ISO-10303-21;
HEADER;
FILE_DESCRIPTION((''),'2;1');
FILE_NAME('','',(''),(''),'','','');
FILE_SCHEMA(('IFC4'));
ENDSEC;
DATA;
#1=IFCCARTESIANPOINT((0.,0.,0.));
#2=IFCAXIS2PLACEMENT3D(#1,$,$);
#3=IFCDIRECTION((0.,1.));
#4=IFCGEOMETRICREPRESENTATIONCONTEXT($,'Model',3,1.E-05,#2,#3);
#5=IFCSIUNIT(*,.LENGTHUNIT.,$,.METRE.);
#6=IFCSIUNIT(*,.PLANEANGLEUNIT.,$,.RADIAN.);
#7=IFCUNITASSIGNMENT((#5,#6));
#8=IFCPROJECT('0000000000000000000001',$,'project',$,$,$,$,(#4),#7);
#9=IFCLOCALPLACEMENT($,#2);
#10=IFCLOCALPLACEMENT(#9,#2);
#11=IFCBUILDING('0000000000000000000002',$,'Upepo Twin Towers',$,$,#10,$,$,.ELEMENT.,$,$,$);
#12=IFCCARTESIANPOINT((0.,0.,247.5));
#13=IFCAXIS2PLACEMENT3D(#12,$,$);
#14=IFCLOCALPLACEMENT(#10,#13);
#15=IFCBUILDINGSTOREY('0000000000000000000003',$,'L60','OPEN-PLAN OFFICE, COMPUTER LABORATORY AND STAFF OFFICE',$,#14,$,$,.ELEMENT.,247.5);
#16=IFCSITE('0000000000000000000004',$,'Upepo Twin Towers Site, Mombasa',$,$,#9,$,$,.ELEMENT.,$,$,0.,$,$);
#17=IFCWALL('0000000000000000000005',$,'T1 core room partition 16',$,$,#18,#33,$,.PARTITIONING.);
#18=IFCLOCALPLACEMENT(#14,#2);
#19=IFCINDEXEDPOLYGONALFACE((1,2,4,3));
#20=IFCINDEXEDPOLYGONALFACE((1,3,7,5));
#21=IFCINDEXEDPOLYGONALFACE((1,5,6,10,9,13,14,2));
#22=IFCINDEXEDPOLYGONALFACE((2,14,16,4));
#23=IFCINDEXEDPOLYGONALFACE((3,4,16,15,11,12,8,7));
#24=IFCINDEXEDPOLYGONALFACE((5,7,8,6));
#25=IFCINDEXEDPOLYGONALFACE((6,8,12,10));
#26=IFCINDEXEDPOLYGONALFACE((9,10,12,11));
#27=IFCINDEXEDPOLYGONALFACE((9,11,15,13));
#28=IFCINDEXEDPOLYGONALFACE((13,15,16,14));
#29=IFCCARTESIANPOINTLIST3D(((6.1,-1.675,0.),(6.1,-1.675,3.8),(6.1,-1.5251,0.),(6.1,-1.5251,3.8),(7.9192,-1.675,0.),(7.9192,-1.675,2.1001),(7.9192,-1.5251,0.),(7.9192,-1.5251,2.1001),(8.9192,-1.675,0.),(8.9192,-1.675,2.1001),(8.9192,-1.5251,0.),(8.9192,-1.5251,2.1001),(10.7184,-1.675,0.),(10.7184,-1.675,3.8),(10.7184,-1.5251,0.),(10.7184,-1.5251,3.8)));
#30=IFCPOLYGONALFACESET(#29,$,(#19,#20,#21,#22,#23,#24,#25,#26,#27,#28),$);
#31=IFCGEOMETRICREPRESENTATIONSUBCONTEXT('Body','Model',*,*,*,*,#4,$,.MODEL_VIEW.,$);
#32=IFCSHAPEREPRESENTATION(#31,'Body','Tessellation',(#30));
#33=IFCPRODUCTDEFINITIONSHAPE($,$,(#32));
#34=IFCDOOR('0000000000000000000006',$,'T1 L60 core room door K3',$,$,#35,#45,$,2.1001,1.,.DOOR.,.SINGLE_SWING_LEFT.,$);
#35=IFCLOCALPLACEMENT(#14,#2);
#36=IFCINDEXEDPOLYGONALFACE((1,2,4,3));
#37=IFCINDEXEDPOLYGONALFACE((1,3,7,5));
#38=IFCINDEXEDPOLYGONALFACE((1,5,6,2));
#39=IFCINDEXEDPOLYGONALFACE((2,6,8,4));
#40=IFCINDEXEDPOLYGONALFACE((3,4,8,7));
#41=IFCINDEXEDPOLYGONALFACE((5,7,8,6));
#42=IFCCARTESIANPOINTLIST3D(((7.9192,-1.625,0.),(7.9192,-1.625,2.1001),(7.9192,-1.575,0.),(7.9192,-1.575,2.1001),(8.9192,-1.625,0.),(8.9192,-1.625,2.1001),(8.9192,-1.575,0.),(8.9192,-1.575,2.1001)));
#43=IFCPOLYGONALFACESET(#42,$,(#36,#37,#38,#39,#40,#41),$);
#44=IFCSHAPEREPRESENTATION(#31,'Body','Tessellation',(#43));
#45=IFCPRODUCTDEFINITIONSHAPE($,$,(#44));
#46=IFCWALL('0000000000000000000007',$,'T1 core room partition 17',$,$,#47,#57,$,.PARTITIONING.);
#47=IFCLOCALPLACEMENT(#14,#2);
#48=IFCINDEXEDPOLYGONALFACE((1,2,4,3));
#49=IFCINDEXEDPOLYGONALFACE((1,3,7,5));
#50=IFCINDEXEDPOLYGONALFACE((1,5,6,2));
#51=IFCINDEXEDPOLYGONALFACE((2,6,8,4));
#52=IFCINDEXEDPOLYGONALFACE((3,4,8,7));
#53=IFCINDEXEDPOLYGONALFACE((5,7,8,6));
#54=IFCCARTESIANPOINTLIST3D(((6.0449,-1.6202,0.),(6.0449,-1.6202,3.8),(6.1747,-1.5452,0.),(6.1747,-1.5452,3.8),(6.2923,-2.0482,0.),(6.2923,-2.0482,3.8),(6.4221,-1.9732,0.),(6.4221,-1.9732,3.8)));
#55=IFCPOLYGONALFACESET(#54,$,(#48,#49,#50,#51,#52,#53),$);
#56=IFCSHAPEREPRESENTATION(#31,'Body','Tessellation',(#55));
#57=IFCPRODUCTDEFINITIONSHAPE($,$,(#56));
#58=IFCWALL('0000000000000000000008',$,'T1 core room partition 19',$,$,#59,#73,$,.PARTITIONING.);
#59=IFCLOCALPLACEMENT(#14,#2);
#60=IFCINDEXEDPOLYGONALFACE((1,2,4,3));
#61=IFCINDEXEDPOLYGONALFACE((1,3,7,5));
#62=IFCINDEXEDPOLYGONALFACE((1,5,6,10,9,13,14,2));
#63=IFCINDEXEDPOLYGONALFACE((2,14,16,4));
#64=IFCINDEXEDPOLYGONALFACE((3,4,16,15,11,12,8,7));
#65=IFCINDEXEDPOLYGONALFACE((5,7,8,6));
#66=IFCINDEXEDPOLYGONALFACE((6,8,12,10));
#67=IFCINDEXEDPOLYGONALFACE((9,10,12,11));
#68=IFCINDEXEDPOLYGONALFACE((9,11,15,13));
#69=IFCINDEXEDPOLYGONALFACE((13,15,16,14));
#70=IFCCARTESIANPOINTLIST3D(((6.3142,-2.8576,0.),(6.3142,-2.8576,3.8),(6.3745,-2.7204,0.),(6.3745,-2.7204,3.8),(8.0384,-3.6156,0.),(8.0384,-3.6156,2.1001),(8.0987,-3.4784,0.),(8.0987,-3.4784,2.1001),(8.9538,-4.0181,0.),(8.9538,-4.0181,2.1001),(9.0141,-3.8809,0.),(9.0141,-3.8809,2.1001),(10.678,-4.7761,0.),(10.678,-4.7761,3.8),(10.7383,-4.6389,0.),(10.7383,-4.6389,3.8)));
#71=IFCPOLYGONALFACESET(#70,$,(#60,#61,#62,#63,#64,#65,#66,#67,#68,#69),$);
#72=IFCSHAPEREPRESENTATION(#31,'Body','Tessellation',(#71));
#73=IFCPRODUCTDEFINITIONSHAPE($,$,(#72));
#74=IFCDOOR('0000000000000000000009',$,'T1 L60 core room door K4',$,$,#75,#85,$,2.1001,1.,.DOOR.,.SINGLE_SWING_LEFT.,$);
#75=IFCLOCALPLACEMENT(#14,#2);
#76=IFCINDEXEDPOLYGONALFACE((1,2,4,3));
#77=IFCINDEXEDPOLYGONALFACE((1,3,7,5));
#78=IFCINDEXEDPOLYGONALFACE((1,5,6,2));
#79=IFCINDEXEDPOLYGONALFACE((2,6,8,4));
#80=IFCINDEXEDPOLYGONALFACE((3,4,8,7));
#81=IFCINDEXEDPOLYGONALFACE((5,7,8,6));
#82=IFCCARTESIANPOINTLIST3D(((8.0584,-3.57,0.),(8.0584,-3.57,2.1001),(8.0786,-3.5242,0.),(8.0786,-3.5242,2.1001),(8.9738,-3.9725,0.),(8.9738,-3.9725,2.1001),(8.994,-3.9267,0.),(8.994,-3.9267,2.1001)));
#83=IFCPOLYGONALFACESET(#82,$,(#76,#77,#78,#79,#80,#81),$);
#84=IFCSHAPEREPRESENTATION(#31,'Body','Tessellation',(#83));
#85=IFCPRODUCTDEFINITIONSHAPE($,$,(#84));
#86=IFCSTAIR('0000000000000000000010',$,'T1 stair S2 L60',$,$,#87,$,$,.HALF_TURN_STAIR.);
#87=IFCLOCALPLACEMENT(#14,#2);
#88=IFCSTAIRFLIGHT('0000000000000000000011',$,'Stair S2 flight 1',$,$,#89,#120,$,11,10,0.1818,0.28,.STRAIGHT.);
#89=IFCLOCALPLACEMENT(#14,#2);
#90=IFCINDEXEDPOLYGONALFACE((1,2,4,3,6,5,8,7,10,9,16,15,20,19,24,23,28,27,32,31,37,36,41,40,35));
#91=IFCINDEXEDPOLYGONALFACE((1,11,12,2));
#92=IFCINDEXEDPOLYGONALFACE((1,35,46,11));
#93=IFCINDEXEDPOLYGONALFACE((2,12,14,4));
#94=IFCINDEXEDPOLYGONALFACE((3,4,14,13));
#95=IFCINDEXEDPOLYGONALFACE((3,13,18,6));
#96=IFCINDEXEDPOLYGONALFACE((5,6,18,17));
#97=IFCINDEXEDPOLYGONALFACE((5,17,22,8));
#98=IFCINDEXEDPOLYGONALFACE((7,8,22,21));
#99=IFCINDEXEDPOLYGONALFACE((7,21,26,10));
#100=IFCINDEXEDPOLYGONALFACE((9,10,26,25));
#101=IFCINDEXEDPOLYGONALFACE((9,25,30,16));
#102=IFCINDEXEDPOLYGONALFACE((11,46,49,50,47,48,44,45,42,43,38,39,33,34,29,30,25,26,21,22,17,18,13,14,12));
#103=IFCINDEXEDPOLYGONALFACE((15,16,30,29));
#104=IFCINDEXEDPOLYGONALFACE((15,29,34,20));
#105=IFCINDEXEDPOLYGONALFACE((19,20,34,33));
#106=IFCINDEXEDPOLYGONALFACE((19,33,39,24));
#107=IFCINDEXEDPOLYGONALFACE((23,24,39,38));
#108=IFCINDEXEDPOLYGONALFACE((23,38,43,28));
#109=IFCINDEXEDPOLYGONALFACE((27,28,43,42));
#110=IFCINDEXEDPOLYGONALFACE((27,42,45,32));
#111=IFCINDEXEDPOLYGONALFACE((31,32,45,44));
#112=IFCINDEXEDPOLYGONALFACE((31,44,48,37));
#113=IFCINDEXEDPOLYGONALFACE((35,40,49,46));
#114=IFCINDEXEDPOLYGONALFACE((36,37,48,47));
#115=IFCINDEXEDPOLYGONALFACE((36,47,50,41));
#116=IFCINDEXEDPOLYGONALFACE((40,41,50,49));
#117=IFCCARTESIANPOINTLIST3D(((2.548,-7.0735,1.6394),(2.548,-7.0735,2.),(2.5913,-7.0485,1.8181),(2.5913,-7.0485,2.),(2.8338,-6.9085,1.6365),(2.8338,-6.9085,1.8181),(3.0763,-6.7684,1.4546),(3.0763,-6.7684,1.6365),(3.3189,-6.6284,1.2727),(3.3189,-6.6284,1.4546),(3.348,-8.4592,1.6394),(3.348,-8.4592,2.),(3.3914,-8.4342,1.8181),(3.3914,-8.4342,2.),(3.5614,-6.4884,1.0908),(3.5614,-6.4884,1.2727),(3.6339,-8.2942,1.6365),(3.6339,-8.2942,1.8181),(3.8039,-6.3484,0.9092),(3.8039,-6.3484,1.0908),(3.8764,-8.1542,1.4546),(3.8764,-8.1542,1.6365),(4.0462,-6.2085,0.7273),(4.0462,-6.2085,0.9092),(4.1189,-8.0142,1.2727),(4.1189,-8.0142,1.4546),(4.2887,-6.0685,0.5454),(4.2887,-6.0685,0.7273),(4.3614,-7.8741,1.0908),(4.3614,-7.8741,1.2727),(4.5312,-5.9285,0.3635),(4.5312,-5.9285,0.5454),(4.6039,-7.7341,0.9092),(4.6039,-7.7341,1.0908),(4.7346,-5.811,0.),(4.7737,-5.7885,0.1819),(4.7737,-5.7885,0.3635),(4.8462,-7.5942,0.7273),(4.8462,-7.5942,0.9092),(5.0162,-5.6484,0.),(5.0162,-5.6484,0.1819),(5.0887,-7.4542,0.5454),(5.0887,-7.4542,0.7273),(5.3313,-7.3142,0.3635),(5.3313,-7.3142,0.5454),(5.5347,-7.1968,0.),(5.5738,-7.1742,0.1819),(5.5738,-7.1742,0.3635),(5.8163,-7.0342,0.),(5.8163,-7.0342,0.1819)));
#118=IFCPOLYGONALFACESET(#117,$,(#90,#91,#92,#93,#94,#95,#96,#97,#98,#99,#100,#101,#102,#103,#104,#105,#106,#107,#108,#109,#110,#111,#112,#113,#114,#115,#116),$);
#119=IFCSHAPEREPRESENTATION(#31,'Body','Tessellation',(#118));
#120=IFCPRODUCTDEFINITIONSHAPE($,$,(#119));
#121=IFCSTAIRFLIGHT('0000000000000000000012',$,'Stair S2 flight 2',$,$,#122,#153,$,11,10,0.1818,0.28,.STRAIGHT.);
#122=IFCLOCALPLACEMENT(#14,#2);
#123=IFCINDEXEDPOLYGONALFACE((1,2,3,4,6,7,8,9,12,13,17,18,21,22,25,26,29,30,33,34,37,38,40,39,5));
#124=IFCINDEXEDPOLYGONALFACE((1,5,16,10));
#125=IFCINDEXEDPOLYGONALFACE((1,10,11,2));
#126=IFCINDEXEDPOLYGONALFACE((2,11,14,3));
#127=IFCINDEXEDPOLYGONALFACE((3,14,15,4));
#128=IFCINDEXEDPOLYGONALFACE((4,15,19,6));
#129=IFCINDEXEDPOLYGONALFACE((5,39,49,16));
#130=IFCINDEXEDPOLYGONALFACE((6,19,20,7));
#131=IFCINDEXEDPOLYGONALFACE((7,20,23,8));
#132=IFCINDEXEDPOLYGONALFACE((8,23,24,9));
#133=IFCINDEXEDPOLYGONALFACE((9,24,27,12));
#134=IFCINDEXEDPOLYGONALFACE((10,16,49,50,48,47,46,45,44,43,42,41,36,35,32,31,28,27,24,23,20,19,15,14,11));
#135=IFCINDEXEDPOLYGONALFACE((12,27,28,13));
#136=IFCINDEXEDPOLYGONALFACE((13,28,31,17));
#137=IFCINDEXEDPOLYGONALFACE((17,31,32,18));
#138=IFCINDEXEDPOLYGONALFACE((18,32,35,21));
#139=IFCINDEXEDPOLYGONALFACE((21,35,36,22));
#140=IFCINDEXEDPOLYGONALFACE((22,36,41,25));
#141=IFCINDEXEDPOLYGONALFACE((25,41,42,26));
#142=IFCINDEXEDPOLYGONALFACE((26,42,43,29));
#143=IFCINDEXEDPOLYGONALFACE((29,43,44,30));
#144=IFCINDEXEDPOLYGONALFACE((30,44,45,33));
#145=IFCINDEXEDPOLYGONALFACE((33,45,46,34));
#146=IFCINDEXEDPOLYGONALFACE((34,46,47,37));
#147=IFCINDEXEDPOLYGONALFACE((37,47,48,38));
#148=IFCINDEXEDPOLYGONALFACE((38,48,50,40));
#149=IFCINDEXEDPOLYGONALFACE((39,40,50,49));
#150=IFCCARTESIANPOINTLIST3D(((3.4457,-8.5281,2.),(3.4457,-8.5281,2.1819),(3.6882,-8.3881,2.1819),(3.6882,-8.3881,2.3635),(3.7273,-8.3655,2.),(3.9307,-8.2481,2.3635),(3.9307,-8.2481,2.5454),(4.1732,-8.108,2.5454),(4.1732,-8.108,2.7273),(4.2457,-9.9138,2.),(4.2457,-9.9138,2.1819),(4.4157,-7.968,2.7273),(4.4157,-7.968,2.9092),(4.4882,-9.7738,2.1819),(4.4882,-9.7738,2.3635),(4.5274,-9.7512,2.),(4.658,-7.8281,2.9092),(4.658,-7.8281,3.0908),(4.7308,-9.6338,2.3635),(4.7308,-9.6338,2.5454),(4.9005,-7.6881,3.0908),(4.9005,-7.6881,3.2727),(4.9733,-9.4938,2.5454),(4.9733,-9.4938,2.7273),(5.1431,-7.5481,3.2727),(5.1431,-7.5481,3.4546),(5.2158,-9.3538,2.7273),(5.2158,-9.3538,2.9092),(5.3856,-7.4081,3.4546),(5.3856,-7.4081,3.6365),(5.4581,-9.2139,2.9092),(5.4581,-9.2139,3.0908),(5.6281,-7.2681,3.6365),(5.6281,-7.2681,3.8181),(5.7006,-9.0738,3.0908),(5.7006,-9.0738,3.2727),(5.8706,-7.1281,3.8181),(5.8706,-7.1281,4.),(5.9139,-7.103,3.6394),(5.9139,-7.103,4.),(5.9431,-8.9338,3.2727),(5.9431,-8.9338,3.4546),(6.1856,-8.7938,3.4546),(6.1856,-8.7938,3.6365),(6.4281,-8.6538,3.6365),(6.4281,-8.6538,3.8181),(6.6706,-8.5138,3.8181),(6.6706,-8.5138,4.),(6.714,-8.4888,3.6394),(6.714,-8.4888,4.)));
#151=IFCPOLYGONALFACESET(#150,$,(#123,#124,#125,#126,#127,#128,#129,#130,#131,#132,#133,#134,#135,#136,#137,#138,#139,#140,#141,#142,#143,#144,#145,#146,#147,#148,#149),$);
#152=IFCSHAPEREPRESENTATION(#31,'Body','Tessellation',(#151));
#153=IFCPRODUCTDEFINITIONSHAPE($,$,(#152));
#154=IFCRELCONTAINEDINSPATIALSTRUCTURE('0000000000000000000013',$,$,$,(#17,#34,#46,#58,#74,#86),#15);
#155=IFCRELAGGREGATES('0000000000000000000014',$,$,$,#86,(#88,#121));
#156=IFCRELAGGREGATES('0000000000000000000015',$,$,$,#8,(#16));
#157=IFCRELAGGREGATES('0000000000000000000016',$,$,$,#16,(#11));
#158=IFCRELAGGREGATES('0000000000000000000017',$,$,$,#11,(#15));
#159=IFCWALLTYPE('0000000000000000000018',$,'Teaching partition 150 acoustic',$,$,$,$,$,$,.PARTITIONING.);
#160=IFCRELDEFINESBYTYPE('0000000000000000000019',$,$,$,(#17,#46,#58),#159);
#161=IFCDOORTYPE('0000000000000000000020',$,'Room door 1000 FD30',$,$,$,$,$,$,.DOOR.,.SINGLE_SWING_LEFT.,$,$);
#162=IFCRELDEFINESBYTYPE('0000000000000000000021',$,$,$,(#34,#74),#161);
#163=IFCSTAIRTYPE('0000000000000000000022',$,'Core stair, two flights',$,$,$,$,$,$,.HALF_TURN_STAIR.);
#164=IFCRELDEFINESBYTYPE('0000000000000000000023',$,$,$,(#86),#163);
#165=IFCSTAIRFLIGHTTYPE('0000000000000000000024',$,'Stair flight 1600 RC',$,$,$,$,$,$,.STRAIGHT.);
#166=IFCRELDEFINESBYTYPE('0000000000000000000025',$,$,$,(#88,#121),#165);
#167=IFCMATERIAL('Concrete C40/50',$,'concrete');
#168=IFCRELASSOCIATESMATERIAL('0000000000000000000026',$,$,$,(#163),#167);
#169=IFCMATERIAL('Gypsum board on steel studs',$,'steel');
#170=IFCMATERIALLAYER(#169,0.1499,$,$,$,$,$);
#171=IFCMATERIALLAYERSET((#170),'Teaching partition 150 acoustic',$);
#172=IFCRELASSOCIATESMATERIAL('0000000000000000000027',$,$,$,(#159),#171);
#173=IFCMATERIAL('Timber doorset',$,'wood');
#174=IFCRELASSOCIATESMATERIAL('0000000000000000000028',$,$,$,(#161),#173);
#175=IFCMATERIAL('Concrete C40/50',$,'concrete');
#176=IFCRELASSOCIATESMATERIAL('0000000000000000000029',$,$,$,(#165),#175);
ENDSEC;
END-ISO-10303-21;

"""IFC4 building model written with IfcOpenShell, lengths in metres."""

from ifc_helpers import new_model, si_unit, direction, frame, frame_2d, origin, place, context, subcontext, project, spatial, polyline, rectangle, outline, extrude, material, layer, layer_set, type_object, element, fill, aggregate, save


model = new_model("IFC4")

# Units and contexts
model_context = context("Model", 3, precision=1e-05, world=origin(), true_north=direction((0.0, 1.0)))
body_context = subcontext(model_context, "Body", "Model", "MODEL_VIEW")
ifc_project = project(units=[si_unit("LENGTHUNIT", "METRE"), si_unit("PLANEANGLEUNIT", "RADIAN")], contexts=[model_context])

# Site, building, storey
site_placement = place(None, origin())
site = spatial("IfcSite", under=ifc_project, at=site_placement, Name="Upepo Twin Towers Site, Mombasa", CompositionType="ELEMENT", RefElevation=0.0)
building_placement = place(site_placement, origin())
building = spatial("IfcBuilding", under=site, at=building_placement, Name="Upepo Twin Towers", CompositionType="ELEMENT")
storey_placement = place(building_placement, frame((0.0, 0.0, 247.5)))
storey = spatial("IfcBuildingStorey", under=building, at=storey_placement, Name="L60", Description="OPEN-PLAN OFFICE, COMPUTER LABORATORY AND STAFF OFFICE", CompositionType="ELEMENT", Elevation=247.5)

# Shared definitions
ifc_material_1 = material(Name="Concrete C40/50", Category="concrete")
stair_type = type_object("IfcStairType", Name="Core stair, two flights", PredefinedType="HALF_TURN_STAIR", material=ifc_material_1)

# Shared definitions
ifc_material_2 = material(Name="Gypsum board on steel studs", Category="steel")
ifc_layer_1 = layer(ifc_material_2, 0.1499)
ifc_layer_set_1 = layer_set([ifc_layer_1], Name="Teaching partition 150 acoustic")
wall_type_1 = type_object("IfcWallType", Name="Teaching partition 150 acoustic", PredefinedType="PARTITIONING", material=ifc_layer_set_1)

# Wall, opening, door
wall_1_placement = place(storey_placement, frame((10.7183, -1.6001, 0.0), z_axis=(0.0, 0.0, 1.0), x_axis=(-1.0, 0.0, 0.0)))
wall_1 = element("IfcWall", 1, at=wall_1_placement, inside=storey, type_object=wall_type_1, Name="T1 core room partition 16", PredefinedType="PARTITIONING", context=body_context, shape_type="SweptSolid", body=[
    extrude(rectangle(XDim=4.6184, YDim=0.1499, at=frame_2d((2.3091, 0.0))), origin(), (0.0, 0.0, 1.0), 3.8),
])
opening_1_placement = place(wall_1_placement, frame((1.7991, 0.0, 0.0)))
opening_1 = element("IfcOpeningElement", 2, at=opening_1_placement, cuts=wall_1, PredefinedType="OPENING", context=body_context, shape_type="SweptSolid", body=[
    extrude(rectangle(XDim=1.0, YDim=2.1001, at=frame_2d((0.5, 1.05))), frame((0.0, 0.085, 0.0), z_axis=(0.0, -1.0, 0.0), x_axis=(1.0, 0.0, 0.0)), (0.0, 0.0, 1.0), 0.1699),
])
ifc_material_3 = material(Name="Timber doorset", Category="wood")
door_type_1 = type_object("IfcDoorType", Name="Room door 1000 FD30", OperationType="SINGLE_SWING_LEFT", PredefinedType="DOOR", material=ifc_material_3)
door_1_placement = place(opening_1_placement, origin())
door_1 = element("IfcDoor", 3, at=door_1_placement, inside=storey, type_object=door_type_1, Name="T1 L60 core room door K3", OperationType="SINGLE_SWING_LEFT", OverallHeight=2.1001, OverallWidth=1.0, PredefinedType="DOOR", context=body_context, shape_type="SweptSolid", body=[
    extrude(rectangle(XDim=1.0, YDim=2.1001, at=frame_2d((0.5, 1.05))), frame((0.0, 0.0249, 0.0), z_axis=(0.0, -1.0, 0.0), x_axis=(1.0, 0.0, 0.0)), (0.0, 0.0, 1.0), 0.05),
])
fill(opening_1, door_1)

# Wall
wall_2_placement = place(storey_placement, frame((6.1099, -1.5828, 0.0), z_axis=(0.0, 0.0, 1.0), x_axis=(0.500335, -0.865832, 0.0)))
element("IfcWall", 4, at=wall_2_placement, inside=storey, type_object=wall_type_1, Name="T1 core room partition 17", PredefinedType="PARTITIONING", context=body_context, shape_type="SweptSolid", body=[
    extrude(rectangle(XDim=0.4944, YDim=0.1499, at=frame_2d((0.2471, 0.0))), origin(), (0.0, 0.0, 1.0), 3.8),
])

# Wall, opening, door
wall_3_placement = place(storey_placement, frame((6.3445, -2.7891, 0.0), z_axis=(0.0, 0.0, 1.0), x_axis=(0.915439, -0.402457, 0.0)))
wall_3 = element("IfcWall", 5, at=wall_3_placement, inside=storey, type_object=wall_type_1, Name="T1 core room partition 19", PredefinedType="PARTITIONING", context=body_context, shape_type="SweptSolid", body=[
    extrude(rectangle(XDim=4.7668, YDim=0.1499, at=frame_2d((2.3833, 0.0))), origin(), (0.0, 0.0, 1.0), 3.8),
])
opening_2_placement = place(wall_3_placement, frame((1.8833, 0.0, 0.0)))
opening_2 = element("IfcOpeningElement", 6, at=opening_2_placement, cuts=wall_3, PredefinedType="OPENING", context=body_context, shape_type="SweptSolid", body=[
    extrude(rectangle(XDim=1.0, YDim=2.1001, at=frame_2d((0.5, 1.05))), frame((0.0, 0.085, 0.0), z_axis=(0.0, -1.0, 0.0), x_axis=(1.0, 0.0, 0.0)), (0.0, 0.0, 1.0), 0.1699),
])
door_2_placement = place(opening_2_placement, origin())
door_2 = element("IfcDoor", 7, at=door_2_placement, inside=storey, type_object=door_type_1, Name="T1 L60 core room door K4", OperationType="SINGLE_SWING_LEFT", OverallHeight=2.1001, OverallWidth=1.0, PredefinedType="DOOR", context=body_context, shape_type="SweptSolid", body=[
    extrude(rectangle(XDim=1.0, YDim=2.1001, at=frame_2d((0.5, 1.05))), frame((0.0, 0.0249, 0.0), z_axis=(0.0, -1.0, 0.0), x_axis=(1.0, 0.0, 0.0)), (0.0, 0.0, 1.0), 0.05),
])
fill(opening_2, door_2)

# Stair, stair flights
stair_1_placement = place(storey_placement, origin())
stair_1 = element("IfcStair", 8, at=stair_1_placement, inside=storey, type_object=stair_type, Name="T1 stair S2 L60", PredefinedType="HALF_TURN_STAIR")
ifc_material_4 = material(Name="Concrete C40/50", Category="concrete")
stair_flight_type = type_object("IfcStairFlightType", Name="Stair flight 1600 RC", PredefinedType="STRAIGHT", material=ifc_material_4)
stair_flight_1_placement = place(storey_placement, frame((5.4163, -6.3413, 0.0), z_axis=(0.0, 0.0, 1.0), x_axis=(-0.866025, -0.5, 0.0)))
stair_flight_1 = element("IfcStairFlight", 9, at=stair_flight_1_placement, type_object=stair_flight_type, Name="Stair S2 flight 1", NumberOfRisers=11, NumberOfTreads=10, PredefinedType="STRAIGHT", RiserHeight=0.1818, TreadLength=0.28, context=body_context, shape_type="SweptSolid", body=[
    extrude(outline(polyline([(0.0, 0.0), (0.0, 0.1819), (0.28, 0.1819), (0.28, 0.3635), (0.5601, 0.3635), (0.5601, 0.5454), (0.8401, 0.5454), (0.8401, 0.7273), (1.1201, 0.7273), (1.1201, 0.9092), (1.3999, 0.9092), (1.3999, 1.0908), (1.6799, 1.0908), (1.6799, 1.2727), (1.96, 1.2727), (1.96, 1.4546), (2.24, 1.4546), (2.24, 1.6365), (2.52, 1.6365), (2.52, 1.8181), (2.8, 1.8181), (2.8, 2.0), (2.8501, 2.0), (2.8501, 1.6394), (0.3252, 0.0), (0.0, 0.0)])), frame((0.0, 0.8, 0.0), z_axis=(0.0, -1.0, 0.0), x_axis=(1.0, 0.0, 0.0)), (0.0, 0.0, 1.0), 1.6001),
])
stair_flight_2_placement = place(storey_placement, frame((3.8457, -9.2209, 2.0), z_axis=(0.0, 0.0, 1.0), x_axis=(0.866025, 0.5, 0.0)))
stair_flight_2 = element("IfcStairFlight", 10, at=stair_flight_2_placement, type_object=stair_flight_type, Name="Stair S2 flight 2", NumberOfRisers=11, NumberOfTreads=10, PredefinedType="STRAIGHT", RiserHeight=0.1818, TreadLength=0.28, context=body_context, shape_type="SweptSolid", body=[
    extrude(outline(polyline([(0.0, 0.0), (0.0, 0.1819), (0.28, 0.1819), (0.28, 0.3635), (0.5601, 0.3635), (0.5601, 0.5454), (0.8401, 0.5454), (0.8401, 0.7273), (1.1201, 0.7273), (1.1201, 0.9092), (1.3999, 0.9092), (1.3999, 1.0908), (1.6799, 1.0908), (1.6799, 1.2727), (1.96, 1.2727), (1.96, 1.4546), (2.24, 1.4546), (2.24, 1.6365), (2.52, 1.6365), (2.52, 1.8181), (2.8, 1.8181), (2.8, 2.0), (2.8501, 2.0), (2.8501, 1.6394), (0.3252, 0.0), (0.0, 0.0)])), frame((0.0, 0.8, 0.0), z_axis=(0.0, -1.0, 0.0), x_axis=(1.0, 0.0, 0.0)), (0.0, 0.0, 1.0), 1.6001),
])
aggregate(stair_1, [stair_flight_1, stair_flight_2])

save(model, "model.ifc")
